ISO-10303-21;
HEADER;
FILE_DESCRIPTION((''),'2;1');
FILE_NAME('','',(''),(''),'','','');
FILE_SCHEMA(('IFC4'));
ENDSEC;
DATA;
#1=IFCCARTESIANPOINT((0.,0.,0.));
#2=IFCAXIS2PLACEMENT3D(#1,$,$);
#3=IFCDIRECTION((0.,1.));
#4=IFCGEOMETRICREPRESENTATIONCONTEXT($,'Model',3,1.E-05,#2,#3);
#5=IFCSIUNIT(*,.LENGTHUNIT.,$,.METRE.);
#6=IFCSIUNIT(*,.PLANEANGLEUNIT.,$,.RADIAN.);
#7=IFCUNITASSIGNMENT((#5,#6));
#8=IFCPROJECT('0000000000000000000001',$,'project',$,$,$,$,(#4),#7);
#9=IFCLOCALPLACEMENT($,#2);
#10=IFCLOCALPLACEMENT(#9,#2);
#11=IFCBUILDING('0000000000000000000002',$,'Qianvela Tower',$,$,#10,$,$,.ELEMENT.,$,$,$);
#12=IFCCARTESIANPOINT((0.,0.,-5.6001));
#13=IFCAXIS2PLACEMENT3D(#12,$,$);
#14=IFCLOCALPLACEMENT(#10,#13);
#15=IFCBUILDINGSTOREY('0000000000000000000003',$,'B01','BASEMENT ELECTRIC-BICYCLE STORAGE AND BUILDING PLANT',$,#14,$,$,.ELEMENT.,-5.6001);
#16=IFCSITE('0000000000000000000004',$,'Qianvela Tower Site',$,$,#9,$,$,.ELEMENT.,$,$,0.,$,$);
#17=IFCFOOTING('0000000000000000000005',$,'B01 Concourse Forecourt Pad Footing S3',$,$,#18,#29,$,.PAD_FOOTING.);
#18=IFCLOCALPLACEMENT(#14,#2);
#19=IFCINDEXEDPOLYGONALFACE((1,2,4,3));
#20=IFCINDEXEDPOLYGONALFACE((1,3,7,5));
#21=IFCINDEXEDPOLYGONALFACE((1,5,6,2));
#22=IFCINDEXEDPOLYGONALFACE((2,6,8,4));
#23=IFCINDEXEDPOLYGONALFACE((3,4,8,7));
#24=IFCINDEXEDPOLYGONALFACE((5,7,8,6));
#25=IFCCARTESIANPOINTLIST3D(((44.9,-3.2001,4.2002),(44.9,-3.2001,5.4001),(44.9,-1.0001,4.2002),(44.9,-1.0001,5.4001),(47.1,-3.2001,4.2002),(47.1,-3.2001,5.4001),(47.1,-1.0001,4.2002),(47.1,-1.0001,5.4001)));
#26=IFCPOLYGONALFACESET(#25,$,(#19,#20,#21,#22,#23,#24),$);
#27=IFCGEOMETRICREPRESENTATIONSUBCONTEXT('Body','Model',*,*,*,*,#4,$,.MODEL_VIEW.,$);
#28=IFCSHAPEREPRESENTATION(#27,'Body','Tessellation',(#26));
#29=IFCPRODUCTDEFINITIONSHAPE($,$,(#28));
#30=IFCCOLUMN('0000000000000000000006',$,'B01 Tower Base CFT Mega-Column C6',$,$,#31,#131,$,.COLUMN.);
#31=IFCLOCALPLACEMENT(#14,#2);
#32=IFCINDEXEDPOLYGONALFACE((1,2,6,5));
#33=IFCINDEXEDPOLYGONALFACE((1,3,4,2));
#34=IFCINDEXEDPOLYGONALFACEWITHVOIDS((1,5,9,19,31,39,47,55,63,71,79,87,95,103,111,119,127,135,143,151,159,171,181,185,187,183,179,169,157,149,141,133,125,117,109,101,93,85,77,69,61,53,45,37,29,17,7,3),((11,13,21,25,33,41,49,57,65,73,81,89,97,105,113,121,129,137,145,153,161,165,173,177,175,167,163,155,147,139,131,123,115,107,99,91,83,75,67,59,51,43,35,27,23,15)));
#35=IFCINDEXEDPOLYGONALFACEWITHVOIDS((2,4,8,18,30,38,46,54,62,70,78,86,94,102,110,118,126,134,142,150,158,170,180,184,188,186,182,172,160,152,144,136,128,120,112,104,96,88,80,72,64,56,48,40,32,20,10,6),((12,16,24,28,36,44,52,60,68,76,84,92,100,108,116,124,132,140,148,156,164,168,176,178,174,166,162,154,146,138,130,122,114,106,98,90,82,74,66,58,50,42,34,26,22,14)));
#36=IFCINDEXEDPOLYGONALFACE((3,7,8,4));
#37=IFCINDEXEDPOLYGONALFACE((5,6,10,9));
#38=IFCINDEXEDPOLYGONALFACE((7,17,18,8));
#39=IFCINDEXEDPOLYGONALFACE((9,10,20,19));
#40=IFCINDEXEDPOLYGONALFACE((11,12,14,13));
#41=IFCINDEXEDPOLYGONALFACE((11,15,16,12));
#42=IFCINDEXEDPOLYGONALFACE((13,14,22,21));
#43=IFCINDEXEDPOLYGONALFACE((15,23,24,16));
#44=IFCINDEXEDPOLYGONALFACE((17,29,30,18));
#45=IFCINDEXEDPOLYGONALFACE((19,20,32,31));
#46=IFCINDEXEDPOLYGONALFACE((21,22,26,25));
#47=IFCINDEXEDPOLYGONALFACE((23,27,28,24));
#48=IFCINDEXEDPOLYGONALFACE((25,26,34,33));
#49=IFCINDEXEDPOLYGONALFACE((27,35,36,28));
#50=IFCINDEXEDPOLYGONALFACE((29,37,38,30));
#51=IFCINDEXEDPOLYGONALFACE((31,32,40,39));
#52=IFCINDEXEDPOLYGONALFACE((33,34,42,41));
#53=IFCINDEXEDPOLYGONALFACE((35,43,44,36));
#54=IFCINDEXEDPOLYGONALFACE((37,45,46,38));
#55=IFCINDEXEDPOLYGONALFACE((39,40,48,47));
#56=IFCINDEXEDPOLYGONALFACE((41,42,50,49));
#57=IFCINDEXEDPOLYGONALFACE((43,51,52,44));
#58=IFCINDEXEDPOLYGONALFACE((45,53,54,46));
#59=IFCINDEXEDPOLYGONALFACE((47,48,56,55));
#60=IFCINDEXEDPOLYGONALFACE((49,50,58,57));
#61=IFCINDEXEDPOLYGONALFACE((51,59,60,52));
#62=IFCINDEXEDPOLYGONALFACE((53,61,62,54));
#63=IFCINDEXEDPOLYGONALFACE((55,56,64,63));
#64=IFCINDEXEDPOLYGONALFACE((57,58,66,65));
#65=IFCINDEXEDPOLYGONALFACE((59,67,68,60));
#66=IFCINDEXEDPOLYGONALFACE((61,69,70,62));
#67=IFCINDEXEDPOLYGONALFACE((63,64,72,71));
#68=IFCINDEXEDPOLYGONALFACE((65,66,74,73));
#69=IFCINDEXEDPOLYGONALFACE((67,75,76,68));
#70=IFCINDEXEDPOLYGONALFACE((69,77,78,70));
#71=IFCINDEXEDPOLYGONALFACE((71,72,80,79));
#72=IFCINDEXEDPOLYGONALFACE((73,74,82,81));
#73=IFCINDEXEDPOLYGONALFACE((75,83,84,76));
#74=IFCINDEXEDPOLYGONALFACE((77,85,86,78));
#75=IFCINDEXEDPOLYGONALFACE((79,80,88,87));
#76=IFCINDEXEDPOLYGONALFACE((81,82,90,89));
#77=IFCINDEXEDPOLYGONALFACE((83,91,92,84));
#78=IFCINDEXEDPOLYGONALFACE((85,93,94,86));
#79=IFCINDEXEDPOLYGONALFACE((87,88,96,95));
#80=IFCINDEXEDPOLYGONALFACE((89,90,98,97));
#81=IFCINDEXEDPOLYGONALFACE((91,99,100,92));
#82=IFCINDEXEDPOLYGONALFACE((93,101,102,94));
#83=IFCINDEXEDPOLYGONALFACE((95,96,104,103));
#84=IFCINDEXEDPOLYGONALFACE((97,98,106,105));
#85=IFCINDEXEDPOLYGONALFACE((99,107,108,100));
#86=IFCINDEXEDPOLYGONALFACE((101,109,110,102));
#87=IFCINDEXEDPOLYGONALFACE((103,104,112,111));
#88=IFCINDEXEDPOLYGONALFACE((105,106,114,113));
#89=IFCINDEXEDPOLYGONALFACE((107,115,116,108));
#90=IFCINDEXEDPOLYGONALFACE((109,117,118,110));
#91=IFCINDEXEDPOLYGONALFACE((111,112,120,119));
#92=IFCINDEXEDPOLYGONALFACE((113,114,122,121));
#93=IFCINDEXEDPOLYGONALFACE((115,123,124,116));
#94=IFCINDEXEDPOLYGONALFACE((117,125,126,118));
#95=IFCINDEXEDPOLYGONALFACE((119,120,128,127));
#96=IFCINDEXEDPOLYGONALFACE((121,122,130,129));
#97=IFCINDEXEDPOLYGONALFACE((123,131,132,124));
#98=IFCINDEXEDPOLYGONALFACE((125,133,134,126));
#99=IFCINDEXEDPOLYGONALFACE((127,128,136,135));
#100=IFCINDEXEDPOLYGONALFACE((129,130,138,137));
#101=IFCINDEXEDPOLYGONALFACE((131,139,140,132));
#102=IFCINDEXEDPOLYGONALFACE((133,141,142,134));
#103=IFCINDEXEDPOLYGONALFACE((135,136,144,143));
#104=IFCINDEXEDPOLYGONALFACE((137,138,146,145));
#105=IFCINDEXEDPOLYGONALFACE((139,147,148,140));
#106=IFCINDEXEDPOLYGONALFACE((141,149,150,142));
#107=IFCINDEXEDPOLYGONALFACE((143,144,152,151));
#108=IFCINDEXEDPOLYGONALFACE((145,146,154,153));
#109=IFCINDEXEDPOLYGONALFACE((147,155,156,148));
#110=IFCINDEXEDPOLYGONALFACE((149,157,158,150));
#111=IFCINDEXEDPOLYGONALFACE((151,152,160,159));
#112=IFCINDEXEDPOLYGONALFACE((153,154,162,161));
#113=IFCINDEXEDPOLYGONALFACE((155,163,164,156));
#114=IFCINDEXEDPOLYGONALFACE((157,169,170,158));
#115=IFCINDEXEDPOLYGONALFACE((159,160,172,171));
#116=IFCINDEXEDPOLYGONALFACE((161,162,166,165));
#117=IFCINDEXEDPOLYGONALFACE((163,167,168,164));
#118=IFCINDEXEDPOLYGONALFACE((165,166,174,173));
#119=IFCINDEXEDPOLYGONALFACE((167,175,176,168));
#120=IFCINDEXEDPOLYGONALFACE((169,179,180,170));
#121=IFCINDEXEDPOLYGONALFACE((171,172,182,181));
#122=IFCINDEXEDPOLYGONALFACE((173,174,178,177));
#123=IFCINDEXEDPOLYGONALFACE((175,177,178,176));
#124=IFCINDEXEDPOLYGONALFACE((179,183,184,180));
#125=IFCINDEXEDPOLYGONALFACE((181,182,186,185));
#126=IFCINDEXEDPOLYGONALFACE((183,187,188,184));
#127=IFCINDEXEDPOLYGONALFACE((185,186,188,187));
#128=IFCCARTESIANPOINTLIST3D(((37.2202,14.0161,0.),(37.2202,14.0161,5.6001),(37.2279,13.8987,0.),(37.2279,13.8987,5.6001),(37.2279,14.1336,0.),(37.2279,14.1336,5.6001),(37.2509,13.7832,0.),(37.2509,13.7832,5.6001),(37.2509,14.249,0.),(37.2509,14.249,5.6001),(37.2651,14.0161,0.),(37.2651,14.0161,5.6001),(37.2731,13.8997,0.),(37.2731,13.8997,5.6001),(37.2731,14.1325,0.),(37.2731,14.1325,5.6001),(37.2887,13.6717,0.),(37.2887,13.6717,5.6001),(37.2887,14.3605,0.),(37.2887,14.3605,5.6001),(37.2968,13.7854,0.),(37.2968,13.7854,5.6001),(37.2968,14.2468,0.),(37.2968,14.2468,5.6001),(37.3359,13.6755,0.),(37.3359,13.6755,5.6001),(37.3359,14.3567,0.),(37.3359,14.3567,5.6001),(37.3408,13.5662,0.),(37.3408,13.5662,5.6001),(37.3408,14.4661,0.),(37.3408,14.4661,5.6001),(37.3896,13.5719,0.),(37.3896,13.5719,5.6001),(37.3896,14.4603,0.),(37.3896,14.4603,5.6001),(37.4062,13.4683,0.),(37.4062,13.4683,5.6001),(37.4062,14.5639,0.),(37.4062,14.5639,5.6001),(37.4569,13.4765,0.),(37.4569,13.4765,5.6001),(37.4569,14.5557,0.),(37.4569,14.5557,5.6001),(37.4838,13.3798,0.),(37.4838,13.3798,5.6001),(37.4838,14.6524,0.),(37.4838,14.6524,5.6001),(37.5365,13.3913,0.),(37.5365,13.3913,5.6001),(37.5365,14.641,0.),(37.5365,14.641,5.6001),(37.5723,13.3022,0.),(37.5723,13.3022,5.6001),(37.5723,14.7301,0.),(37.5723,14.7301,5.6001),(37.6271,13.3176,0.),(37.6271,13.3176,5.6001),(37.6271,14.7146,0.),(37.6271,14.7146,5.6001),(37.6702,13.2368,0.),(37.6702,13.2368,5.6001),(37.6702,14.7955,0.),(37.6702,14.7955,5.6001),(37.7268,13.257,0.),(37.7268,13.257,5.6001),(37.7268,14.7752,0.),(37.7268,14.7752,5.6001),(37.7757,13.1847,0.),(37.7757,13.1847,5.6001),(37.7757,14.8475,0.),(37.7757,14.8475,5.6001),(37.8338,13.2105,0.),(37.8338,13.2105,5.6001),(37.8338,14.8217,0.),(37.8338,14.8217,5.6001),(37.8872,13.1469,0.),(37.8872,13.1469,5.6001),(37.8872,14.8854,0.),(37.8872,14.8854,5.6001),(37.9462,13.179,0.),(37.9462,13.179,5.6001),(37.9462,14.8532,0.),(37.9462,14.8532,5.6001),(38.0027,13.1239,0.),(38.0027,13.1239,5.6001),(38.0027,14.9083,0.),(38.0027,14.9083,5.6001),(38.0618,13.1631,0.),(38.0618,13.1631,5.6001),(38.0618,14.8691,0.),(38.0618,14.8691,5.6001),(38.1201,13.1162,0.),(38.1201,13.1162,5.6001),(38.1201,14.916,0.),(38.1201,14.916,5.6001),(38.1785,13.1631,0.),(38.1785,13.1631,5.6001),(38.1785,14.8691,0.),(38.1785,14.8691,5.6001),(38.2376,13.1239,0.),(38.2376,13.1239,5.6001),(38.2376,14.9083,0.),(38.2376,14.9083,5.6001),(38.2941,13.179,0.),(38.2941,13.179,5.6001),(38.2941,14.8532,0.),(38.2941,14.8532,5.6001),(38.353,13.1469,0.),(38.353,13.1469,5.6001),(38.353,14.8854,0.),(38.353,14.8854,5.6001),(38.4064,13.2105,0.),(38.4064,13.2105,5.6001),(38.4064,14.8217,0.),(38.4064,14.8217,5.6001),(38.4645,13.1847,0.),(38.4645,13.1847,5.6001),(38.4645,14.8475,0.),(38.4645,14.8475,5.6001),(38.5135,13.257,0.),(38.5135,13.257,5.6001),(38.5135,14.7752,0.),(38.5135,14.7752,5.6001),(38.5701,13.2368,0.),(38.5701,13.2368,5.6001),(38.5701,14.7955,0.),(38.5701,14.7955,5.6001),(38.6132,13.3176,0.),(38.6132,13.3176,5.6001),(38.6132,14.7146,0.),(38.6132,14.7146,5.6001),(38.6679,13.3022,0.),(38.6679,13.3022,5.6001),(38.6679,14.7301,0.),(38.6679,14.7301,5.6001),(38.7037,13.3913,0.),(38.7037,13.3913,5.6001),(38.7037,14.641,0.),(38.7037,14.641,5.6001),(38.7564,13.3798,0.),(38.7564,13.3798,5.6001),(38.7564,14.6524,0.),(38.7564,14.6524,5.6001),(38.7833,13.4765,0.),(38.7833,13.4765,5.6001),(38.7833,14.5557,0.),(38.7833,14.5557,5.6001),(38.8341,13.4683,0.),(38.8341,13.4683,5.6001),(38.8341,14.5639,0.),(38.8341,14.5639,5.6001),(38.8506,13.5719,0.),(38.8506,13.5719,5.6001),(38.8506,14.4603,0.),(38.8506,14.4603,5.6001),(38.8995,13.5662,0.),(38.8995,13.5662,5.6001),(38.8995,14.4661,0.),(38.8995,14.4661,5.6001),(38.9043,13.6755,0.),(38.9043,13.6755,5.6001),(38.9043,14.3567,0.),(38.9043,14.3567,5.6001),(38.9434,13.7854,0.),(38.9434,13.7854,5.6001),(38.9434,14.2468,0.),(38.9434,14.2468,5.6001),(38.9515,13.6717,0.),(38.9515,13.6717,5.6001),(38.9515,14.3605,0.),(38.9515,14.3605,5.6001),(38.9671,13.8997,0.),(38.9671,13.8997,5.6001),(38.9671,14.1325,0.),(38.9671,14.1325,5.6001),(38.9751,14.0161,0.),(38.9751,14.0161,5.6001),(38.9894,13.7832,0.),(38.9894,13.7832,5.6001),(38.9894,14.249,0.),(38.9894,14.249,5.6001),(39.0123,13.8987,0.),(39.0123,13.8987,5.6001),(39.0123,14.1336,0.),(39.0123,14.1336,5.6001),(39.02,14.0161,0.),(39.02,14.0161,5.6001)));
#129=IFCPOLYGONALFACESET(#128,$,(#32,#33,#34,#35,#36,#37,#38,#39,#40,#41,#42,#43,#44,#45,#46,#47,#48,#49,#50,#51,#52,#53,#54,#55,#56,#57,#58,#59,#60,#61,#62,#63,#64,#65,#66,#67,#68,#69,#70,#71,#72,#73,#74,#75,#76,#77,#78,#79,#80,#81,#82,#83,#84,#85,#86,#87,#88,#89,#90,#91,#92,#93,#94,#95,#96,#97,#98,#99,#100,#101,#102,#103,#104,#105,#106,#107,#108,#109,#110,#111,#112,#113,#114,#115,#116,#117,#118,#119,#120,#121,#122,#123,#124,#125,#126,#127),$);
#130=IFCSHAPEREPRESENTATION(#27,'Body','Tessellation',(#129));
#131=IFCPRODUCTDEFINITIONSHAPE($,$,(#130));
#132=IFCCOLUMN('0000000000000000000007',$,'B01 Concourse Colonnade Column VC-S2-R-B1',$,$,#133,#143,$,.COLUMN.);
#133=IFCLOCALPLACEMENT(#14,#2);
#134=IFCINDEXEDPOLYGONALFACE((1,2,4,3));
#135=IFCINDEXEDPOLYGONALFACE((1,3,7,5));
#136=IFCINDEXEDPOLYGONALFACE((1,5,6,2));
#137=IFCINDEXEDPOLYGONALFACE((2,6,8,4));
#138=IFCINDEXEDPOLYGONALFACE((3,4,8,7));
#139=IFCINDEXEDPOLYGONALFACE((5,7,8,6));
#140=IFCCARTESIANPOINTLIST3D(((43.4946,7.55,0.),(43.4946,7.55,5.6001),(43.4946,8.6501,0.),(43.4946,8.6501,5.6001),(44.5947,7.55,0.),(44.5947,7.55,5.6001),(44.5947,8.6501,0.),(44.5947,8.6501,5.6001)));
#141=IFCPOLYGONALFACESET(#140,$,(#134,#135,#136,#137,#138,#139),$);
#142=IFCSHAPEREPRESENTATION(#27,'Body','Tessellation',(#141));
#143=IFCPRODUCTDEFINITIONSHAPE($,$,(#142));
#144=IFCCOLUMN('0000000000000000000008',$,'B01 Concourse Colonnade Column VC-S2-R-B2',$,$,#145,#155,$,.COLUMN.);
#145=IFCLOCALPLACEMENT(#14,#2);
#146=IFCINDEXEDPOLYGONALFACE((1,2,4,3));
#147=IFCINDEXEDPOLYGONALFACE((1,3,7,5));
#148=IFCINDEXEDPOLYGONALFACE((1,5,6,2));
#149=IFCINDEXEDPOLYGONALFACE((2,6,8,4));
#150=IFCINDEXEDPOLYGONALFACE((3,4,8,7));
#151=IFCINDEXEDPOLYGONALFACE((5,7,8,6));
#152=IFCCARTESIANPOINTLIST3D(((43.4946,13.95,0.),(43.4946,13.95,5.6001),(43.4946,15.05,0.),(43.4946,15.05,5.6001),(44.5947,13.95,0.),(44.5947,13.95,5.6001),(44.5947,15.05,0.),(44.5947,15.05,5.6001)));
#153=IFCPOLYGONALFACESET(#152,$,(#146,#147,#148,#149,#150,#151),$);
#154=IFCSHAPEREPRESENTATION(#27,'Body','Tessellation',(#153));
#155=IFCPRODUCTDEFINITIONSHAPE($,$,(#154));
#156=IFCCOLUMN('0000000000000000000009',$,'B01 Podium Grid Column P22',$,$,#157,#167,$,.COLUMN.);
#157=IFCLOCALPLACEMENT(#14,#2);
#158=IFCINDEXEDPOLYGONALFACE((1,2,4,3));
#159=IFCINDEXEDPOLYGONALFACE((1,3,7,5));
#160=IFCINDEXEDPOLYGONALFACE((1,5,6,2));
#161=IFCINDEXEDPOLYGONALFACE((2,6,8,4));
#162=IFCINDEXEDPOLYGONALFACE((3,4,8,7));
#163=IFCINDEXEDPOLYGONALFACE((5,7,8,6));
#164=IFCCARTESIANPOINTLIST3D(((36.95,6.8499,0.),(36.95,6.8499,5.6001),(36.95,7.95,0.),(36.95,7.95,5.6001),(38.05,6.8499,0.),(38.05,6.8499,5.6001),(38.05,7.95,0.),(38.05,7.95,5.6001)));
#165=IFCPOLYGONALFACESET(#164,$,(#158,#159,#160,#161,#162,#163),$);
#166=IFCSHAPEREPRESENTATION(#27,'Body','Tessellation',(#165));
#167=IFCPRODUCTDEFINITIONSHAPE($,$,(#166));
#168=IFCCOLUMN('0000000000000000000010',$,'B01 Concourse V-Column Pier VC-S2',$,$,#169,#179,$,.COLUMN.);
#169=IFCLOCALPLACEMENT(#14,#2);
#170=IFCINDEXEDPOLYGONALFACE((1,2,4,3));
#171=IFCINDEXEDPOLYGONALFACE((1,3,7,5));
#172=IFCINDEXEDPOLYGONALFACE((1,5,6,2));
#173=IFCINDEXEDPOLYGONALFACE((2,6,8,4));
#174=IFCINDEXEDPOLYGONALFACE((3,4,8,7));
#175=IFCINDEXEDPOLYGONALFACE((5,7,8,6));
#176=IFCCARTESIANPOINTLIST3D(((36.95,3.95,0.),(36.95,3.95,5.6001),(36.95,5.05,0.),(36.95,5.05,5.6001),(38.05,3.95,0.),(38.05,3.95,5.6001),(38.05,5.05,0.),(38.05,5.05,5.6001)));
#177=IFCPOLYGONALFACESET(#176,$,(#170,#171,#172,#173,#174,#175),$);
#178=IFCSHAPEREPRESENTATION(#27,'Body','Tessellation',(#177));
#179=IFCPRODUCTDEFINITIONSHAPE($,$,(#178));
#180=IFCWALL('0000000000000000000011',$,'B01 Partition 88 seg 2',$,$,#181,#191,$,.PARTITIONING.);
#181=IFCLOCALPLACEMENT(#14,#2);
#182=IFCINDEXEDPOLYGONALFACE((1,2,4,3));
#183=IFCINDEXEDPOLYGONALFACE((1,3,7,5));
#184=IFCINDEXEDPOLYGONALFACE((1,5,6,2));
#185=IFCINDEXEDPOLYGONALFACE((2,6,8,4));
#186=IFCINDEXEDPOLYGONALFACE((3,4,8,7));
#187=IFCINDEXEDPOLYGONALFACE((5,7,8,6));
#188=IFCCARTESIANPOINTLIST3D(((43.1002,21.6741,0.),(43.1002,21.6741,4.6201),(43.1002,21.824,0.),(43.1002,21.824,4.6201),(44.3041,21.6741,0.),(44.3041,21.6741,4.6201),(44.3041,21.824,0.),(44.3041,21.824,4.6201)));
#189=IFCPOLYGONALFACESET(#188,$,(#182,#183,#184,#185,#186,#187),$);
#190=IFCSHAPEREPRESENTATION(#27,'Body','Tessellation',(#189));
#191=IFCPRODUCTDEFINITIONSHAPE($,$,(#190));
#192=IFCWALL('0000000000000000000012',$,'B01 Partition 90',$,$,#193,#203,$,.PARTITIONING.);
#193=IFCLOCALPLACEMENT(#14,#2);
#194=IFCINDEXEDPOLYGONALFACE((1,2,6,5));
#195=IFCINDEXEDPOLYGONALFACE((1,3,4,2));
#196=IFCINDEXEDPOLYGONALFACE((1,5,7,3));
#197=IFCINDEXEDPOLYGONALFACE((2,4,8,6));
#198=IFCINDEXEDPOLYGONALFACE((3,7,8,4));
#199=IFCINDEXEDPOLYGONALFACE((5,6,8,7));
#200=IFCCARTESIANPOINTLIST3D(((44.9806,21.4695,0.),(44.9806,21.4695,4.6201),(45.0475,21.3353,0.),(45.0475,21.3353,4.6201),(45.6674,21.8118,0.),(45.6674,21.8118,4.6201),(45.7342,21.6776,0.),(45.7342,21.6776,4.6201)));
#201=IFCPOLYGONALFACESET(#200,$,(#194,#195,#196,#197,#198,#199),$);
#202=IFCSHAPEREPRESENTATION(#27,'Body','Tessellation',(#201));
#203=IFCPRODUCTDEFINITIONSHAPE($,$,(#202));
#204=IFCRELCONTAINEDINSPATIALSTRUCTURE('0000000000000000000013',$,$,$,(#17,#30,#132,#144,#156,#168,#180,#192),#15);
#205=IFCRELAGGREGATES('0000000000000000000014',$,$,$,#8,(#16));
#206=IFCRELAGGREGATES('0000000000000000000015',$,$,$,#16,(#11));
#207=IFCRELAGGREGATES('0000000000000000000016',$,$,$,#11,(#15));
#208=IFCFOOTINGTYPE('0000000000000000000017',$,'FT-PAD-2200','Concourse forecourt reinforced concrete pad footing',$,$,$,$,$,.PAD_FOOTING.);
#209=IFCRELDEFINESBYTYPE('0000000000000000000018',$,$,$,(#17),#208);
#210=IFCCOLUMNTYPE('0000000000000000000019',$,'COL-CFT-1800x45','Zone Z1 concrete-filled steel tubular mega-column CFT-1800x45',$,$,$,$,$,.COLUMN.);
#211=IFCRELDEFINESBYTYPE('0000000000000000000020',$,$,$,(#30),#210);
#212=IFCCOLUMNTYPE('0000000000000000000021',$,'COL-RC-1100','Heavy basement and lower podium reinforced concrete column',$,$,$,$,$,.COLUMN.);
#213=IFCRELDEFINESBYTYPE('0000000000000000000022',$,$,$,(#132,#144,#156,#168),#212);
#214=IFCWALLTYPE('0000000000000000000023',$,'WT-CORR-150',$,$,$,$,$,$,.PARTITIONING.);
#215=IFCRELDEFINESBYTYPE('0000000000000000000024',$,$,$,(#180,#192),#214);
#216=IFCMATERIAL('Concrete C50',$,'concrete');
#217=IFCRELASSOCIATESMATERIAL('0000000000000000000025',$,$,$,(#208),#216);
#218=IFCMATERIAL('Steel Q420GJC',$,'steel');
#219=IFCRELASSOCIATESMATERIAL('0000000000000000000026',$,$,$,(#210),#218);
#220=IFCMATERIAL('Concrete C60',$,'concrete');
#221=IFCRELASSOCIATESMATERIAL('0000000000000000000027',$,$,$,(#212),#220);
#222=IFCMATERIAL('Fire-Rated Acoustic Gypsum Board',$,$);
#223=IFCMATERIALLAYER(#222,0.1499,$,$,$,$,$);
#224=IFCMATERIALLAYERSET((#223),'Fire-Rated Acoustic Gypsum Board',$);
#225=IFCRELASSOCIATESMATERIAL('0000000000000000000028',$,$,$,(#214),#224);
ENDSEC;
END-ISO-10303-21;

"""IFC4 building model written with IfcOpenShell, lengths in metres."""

from ifc_helpers import new_model, si_unit, direction, frame, frame_2d, origin, origin_2d, place, context, subcontext, project, spatial, rectangle, hollow_circle, extrude, material, layer, layer_set, material_profile, profile_set, type_object, element, save


model = new_model("IFC4")

# Units and contexts
model_context = context("Model", 3, precision=1e-05, world=origin(), true_north=direction((0.0, 1.0)))
body_context = subcontext(model_context, "Body", "Model", "MODEL_VIEW")
ifc_project = project(units=[si_unit("LENGTHUNIT", "METRE"), si_unit("PLANEANGLEUNIT", "RADIAN")], contexts=[model_context])

# Site, building, storey
site_placement = place(None, origin())
site = spatial("IfcSite", under=ifc_project, at=site_placement, Name="Qianvela Tower Site", CompositionType="ELEMENT", RefElevation=0.0)
building_placement = place(site_placement, origin())
building = spatial("IfcBuilding", under=site, at=building_placement, Name="Qianvela Tower", CompositionType="ELEMENT")
storey_placement = place(building_placement, frame((0.0, 0.0, -5.6001)))
storey = spatial("IfcBuildingStorey", under=building, at=storey_placement, Name="B01", Description="BASEMENT ELECTRIC-BICYCLE STORAGE AND BUILDING PLANT", CompositionType="ELEMENT", Elevation=-5.6001)

# Footing
ifc_material_1 = material(Name="Concrete C50", Category="concrete")
footing_type = type_object("IfcFootingType", Name="FT-PAD-2200", Description="Concourse forecourt reinforced concrete pad footing", PredefinedType="PAD_FOOTING", material=ifc_material_1)
footing_placement = place(storey_placement, frame((46.0, -2.1001, 4.2002), z_axis=(0.0, 0.0, 1.0), x_axis=(1.0, 0.0, 0.0)))
element("IfcFooting", 1, at=footing_placement, inside=storey, type_object=footing_type, Name="B01 Concourse Forecourt Pad Footing S3", PredefinedType="PAD_FOOTING", context=body_context, shape_type="SweptSolid", body=[
    extrude(rectangle(XDim=2.2, YDim=2.2, at=origin_2d()), origin(), (0.0, 0.0, 1.0), 1.2),
])

# Columns
ifc_material_2 = material(Name="Steel Q420GJC", Category="steel")
ifc_material_profile_1 = material_profile(ifc_material_2, hollow_circle(Radius=0.8999, WallThickness=0.0449, at=origin_2d()), Name="CFT-1800x45")
ifc_profile_set_1 = profile_set([ifc_material_profile_1], Name="Steel Q420GJC")
column_type_1 = type_object("IfcColumnType", Name="COL-CFT-1800x45", Description="Zone Z1 concrete-filled steel tubular mega-column CFT-1800x45", PredefinedType="COLUMN", material=ifc_profile_set_1)
column_placement = place(storey_placement, frame((38.1201, 14.0161, 0.0), z_axis=(0.0, 0.0, 1.0), x_axis=(1.0, 0.0, 0.0)))
element("IfcColumn", 2, at=column_placement, inside=storey, type_object=column_type_1, Name="B01 Tower Base CFT Mega-Column C6", PredefinedType="COLUMN", context=body_context, shape_type="SweptSolid", body=[
    extrude(hollow_circle(Radius=0.8999, WallThickness=0.0449, at=origin_2d()), origin(), (0.0, 0.0, 1.0), 5.6001),
])
ifc_material_3 = material(Name="Concrete C60", Category="concrete")
ifc_material_profile_2 = material_profile(ifc_material_3, rectangle(XDim=1.1001, YDim=1.1001, at=origin_2d()), Name="RC-COL-1100x1100")
ifc_profile_set_2 = profile_set([ifc_material_profile_2], Name="Concrete C60")
column_type_2 = type_object("IfcColumnType", Name="COL-RC-1100", Description="Heavy basement and lower podium reinforced concrete column", PredefinedType="COLUMN", material=ifc_profile_set_2)
for number, where, z_axis, x_axis, name in (
    (3, (44.0447, 8.1001, 0.0), (0.0, 0.0, 1.0), (1.0, 0.0, 0.0), "B01 Concourse Colonnade Column VC-S2-R-B1"),
    (4, (44.0447, 14.5, 0.0), (0.0, 0.0, 1.0), (1.0, 0.0, 0.0), "B01 Concourse Colonnade Column VC-S2-R-B2"),
    (5, (37.5, 7.3999, 0.0), (0.0, 0.0, 1.0), (1.0, 0.0, 0.0), "B01 Podium Grid Column P22"),
    (6, (37.5, 4.5, 0.0), (0.0, 0.0, 1.0), (1.0, 0.0, 0.0), "B01 Concourse V-Column Pier VC-S2"),
):
    element("IfcColumn", number, at=place(storey_placement, frame(where, z_axis=z_axis, x_axis=x_axis)), inside=storey, type_object=column_type_2, Name=name, PredefinedType="COLUMN", context=body_context, shape_type="SweptSolid", body=[
        extrude(rectangle(XDim=1.1001, YDim=1.1001, at=origin_2d()), origin(), (0.0, 0.0, 1.0), 5.6001),
    ])

# Walls
ifc_material_4 = material(Name="Fire-Rated Acoustic Gypsum Board")
ifc_layer = layer(ifc_material_4, 0.1499)
ifc_layer_set = layer_set([ifc_layer], Name="Fire-Rated Acoustic Gypsum Board")
wall_type = type_object("IfcWallType", Name="WT-CORR-150", PredefinedType="PARTITIONING", material=ifc_layer_set)
wall_1_placement = place(storey_placement, frame((43.1001, 21.749, 0.0), z_axis=(0.0, 0.0, 1.0), x_axis=(1.0, 0.0, 0.0)))
element("IfcWall", 7, at=wall_1_placement, inside=storey, type_object=wall_type, Name="B01 Partition 88 seg 2", PredefinedType="PARTITIONING", context=body_context, shape_type="SweptSolid", body=[
    extrude(rectangle(XDim=1.2039, YDim=0.1499, at=frame_2d((0.6021, 0.0))), origin(), (0.0, 0.0, 1.0), 4.6201),
])
wall_2_placement = place(storey_placement, frame((45.0139, 21.4023, 0.0), z_axis=(0.0, 0.0, 1.0), x_axis=(0.894999, 0.446068, 0.0)))
element("IfcWall", 8, at=wall_2_placement, inside=storey, type_object=wall_type, Name="B01 Partition 90", PredefinedType="PARTITIONING", context=body_context, shape_type="SweptSolid", body=[
    extrude(rectangle(XDim=0.7673, YDim=0.1499, at=frame_2d((0.3838, 0.0))), origin(), (0.0, 0.0, 1.0), 4.6201),
])

save(model, "model.ifc")
